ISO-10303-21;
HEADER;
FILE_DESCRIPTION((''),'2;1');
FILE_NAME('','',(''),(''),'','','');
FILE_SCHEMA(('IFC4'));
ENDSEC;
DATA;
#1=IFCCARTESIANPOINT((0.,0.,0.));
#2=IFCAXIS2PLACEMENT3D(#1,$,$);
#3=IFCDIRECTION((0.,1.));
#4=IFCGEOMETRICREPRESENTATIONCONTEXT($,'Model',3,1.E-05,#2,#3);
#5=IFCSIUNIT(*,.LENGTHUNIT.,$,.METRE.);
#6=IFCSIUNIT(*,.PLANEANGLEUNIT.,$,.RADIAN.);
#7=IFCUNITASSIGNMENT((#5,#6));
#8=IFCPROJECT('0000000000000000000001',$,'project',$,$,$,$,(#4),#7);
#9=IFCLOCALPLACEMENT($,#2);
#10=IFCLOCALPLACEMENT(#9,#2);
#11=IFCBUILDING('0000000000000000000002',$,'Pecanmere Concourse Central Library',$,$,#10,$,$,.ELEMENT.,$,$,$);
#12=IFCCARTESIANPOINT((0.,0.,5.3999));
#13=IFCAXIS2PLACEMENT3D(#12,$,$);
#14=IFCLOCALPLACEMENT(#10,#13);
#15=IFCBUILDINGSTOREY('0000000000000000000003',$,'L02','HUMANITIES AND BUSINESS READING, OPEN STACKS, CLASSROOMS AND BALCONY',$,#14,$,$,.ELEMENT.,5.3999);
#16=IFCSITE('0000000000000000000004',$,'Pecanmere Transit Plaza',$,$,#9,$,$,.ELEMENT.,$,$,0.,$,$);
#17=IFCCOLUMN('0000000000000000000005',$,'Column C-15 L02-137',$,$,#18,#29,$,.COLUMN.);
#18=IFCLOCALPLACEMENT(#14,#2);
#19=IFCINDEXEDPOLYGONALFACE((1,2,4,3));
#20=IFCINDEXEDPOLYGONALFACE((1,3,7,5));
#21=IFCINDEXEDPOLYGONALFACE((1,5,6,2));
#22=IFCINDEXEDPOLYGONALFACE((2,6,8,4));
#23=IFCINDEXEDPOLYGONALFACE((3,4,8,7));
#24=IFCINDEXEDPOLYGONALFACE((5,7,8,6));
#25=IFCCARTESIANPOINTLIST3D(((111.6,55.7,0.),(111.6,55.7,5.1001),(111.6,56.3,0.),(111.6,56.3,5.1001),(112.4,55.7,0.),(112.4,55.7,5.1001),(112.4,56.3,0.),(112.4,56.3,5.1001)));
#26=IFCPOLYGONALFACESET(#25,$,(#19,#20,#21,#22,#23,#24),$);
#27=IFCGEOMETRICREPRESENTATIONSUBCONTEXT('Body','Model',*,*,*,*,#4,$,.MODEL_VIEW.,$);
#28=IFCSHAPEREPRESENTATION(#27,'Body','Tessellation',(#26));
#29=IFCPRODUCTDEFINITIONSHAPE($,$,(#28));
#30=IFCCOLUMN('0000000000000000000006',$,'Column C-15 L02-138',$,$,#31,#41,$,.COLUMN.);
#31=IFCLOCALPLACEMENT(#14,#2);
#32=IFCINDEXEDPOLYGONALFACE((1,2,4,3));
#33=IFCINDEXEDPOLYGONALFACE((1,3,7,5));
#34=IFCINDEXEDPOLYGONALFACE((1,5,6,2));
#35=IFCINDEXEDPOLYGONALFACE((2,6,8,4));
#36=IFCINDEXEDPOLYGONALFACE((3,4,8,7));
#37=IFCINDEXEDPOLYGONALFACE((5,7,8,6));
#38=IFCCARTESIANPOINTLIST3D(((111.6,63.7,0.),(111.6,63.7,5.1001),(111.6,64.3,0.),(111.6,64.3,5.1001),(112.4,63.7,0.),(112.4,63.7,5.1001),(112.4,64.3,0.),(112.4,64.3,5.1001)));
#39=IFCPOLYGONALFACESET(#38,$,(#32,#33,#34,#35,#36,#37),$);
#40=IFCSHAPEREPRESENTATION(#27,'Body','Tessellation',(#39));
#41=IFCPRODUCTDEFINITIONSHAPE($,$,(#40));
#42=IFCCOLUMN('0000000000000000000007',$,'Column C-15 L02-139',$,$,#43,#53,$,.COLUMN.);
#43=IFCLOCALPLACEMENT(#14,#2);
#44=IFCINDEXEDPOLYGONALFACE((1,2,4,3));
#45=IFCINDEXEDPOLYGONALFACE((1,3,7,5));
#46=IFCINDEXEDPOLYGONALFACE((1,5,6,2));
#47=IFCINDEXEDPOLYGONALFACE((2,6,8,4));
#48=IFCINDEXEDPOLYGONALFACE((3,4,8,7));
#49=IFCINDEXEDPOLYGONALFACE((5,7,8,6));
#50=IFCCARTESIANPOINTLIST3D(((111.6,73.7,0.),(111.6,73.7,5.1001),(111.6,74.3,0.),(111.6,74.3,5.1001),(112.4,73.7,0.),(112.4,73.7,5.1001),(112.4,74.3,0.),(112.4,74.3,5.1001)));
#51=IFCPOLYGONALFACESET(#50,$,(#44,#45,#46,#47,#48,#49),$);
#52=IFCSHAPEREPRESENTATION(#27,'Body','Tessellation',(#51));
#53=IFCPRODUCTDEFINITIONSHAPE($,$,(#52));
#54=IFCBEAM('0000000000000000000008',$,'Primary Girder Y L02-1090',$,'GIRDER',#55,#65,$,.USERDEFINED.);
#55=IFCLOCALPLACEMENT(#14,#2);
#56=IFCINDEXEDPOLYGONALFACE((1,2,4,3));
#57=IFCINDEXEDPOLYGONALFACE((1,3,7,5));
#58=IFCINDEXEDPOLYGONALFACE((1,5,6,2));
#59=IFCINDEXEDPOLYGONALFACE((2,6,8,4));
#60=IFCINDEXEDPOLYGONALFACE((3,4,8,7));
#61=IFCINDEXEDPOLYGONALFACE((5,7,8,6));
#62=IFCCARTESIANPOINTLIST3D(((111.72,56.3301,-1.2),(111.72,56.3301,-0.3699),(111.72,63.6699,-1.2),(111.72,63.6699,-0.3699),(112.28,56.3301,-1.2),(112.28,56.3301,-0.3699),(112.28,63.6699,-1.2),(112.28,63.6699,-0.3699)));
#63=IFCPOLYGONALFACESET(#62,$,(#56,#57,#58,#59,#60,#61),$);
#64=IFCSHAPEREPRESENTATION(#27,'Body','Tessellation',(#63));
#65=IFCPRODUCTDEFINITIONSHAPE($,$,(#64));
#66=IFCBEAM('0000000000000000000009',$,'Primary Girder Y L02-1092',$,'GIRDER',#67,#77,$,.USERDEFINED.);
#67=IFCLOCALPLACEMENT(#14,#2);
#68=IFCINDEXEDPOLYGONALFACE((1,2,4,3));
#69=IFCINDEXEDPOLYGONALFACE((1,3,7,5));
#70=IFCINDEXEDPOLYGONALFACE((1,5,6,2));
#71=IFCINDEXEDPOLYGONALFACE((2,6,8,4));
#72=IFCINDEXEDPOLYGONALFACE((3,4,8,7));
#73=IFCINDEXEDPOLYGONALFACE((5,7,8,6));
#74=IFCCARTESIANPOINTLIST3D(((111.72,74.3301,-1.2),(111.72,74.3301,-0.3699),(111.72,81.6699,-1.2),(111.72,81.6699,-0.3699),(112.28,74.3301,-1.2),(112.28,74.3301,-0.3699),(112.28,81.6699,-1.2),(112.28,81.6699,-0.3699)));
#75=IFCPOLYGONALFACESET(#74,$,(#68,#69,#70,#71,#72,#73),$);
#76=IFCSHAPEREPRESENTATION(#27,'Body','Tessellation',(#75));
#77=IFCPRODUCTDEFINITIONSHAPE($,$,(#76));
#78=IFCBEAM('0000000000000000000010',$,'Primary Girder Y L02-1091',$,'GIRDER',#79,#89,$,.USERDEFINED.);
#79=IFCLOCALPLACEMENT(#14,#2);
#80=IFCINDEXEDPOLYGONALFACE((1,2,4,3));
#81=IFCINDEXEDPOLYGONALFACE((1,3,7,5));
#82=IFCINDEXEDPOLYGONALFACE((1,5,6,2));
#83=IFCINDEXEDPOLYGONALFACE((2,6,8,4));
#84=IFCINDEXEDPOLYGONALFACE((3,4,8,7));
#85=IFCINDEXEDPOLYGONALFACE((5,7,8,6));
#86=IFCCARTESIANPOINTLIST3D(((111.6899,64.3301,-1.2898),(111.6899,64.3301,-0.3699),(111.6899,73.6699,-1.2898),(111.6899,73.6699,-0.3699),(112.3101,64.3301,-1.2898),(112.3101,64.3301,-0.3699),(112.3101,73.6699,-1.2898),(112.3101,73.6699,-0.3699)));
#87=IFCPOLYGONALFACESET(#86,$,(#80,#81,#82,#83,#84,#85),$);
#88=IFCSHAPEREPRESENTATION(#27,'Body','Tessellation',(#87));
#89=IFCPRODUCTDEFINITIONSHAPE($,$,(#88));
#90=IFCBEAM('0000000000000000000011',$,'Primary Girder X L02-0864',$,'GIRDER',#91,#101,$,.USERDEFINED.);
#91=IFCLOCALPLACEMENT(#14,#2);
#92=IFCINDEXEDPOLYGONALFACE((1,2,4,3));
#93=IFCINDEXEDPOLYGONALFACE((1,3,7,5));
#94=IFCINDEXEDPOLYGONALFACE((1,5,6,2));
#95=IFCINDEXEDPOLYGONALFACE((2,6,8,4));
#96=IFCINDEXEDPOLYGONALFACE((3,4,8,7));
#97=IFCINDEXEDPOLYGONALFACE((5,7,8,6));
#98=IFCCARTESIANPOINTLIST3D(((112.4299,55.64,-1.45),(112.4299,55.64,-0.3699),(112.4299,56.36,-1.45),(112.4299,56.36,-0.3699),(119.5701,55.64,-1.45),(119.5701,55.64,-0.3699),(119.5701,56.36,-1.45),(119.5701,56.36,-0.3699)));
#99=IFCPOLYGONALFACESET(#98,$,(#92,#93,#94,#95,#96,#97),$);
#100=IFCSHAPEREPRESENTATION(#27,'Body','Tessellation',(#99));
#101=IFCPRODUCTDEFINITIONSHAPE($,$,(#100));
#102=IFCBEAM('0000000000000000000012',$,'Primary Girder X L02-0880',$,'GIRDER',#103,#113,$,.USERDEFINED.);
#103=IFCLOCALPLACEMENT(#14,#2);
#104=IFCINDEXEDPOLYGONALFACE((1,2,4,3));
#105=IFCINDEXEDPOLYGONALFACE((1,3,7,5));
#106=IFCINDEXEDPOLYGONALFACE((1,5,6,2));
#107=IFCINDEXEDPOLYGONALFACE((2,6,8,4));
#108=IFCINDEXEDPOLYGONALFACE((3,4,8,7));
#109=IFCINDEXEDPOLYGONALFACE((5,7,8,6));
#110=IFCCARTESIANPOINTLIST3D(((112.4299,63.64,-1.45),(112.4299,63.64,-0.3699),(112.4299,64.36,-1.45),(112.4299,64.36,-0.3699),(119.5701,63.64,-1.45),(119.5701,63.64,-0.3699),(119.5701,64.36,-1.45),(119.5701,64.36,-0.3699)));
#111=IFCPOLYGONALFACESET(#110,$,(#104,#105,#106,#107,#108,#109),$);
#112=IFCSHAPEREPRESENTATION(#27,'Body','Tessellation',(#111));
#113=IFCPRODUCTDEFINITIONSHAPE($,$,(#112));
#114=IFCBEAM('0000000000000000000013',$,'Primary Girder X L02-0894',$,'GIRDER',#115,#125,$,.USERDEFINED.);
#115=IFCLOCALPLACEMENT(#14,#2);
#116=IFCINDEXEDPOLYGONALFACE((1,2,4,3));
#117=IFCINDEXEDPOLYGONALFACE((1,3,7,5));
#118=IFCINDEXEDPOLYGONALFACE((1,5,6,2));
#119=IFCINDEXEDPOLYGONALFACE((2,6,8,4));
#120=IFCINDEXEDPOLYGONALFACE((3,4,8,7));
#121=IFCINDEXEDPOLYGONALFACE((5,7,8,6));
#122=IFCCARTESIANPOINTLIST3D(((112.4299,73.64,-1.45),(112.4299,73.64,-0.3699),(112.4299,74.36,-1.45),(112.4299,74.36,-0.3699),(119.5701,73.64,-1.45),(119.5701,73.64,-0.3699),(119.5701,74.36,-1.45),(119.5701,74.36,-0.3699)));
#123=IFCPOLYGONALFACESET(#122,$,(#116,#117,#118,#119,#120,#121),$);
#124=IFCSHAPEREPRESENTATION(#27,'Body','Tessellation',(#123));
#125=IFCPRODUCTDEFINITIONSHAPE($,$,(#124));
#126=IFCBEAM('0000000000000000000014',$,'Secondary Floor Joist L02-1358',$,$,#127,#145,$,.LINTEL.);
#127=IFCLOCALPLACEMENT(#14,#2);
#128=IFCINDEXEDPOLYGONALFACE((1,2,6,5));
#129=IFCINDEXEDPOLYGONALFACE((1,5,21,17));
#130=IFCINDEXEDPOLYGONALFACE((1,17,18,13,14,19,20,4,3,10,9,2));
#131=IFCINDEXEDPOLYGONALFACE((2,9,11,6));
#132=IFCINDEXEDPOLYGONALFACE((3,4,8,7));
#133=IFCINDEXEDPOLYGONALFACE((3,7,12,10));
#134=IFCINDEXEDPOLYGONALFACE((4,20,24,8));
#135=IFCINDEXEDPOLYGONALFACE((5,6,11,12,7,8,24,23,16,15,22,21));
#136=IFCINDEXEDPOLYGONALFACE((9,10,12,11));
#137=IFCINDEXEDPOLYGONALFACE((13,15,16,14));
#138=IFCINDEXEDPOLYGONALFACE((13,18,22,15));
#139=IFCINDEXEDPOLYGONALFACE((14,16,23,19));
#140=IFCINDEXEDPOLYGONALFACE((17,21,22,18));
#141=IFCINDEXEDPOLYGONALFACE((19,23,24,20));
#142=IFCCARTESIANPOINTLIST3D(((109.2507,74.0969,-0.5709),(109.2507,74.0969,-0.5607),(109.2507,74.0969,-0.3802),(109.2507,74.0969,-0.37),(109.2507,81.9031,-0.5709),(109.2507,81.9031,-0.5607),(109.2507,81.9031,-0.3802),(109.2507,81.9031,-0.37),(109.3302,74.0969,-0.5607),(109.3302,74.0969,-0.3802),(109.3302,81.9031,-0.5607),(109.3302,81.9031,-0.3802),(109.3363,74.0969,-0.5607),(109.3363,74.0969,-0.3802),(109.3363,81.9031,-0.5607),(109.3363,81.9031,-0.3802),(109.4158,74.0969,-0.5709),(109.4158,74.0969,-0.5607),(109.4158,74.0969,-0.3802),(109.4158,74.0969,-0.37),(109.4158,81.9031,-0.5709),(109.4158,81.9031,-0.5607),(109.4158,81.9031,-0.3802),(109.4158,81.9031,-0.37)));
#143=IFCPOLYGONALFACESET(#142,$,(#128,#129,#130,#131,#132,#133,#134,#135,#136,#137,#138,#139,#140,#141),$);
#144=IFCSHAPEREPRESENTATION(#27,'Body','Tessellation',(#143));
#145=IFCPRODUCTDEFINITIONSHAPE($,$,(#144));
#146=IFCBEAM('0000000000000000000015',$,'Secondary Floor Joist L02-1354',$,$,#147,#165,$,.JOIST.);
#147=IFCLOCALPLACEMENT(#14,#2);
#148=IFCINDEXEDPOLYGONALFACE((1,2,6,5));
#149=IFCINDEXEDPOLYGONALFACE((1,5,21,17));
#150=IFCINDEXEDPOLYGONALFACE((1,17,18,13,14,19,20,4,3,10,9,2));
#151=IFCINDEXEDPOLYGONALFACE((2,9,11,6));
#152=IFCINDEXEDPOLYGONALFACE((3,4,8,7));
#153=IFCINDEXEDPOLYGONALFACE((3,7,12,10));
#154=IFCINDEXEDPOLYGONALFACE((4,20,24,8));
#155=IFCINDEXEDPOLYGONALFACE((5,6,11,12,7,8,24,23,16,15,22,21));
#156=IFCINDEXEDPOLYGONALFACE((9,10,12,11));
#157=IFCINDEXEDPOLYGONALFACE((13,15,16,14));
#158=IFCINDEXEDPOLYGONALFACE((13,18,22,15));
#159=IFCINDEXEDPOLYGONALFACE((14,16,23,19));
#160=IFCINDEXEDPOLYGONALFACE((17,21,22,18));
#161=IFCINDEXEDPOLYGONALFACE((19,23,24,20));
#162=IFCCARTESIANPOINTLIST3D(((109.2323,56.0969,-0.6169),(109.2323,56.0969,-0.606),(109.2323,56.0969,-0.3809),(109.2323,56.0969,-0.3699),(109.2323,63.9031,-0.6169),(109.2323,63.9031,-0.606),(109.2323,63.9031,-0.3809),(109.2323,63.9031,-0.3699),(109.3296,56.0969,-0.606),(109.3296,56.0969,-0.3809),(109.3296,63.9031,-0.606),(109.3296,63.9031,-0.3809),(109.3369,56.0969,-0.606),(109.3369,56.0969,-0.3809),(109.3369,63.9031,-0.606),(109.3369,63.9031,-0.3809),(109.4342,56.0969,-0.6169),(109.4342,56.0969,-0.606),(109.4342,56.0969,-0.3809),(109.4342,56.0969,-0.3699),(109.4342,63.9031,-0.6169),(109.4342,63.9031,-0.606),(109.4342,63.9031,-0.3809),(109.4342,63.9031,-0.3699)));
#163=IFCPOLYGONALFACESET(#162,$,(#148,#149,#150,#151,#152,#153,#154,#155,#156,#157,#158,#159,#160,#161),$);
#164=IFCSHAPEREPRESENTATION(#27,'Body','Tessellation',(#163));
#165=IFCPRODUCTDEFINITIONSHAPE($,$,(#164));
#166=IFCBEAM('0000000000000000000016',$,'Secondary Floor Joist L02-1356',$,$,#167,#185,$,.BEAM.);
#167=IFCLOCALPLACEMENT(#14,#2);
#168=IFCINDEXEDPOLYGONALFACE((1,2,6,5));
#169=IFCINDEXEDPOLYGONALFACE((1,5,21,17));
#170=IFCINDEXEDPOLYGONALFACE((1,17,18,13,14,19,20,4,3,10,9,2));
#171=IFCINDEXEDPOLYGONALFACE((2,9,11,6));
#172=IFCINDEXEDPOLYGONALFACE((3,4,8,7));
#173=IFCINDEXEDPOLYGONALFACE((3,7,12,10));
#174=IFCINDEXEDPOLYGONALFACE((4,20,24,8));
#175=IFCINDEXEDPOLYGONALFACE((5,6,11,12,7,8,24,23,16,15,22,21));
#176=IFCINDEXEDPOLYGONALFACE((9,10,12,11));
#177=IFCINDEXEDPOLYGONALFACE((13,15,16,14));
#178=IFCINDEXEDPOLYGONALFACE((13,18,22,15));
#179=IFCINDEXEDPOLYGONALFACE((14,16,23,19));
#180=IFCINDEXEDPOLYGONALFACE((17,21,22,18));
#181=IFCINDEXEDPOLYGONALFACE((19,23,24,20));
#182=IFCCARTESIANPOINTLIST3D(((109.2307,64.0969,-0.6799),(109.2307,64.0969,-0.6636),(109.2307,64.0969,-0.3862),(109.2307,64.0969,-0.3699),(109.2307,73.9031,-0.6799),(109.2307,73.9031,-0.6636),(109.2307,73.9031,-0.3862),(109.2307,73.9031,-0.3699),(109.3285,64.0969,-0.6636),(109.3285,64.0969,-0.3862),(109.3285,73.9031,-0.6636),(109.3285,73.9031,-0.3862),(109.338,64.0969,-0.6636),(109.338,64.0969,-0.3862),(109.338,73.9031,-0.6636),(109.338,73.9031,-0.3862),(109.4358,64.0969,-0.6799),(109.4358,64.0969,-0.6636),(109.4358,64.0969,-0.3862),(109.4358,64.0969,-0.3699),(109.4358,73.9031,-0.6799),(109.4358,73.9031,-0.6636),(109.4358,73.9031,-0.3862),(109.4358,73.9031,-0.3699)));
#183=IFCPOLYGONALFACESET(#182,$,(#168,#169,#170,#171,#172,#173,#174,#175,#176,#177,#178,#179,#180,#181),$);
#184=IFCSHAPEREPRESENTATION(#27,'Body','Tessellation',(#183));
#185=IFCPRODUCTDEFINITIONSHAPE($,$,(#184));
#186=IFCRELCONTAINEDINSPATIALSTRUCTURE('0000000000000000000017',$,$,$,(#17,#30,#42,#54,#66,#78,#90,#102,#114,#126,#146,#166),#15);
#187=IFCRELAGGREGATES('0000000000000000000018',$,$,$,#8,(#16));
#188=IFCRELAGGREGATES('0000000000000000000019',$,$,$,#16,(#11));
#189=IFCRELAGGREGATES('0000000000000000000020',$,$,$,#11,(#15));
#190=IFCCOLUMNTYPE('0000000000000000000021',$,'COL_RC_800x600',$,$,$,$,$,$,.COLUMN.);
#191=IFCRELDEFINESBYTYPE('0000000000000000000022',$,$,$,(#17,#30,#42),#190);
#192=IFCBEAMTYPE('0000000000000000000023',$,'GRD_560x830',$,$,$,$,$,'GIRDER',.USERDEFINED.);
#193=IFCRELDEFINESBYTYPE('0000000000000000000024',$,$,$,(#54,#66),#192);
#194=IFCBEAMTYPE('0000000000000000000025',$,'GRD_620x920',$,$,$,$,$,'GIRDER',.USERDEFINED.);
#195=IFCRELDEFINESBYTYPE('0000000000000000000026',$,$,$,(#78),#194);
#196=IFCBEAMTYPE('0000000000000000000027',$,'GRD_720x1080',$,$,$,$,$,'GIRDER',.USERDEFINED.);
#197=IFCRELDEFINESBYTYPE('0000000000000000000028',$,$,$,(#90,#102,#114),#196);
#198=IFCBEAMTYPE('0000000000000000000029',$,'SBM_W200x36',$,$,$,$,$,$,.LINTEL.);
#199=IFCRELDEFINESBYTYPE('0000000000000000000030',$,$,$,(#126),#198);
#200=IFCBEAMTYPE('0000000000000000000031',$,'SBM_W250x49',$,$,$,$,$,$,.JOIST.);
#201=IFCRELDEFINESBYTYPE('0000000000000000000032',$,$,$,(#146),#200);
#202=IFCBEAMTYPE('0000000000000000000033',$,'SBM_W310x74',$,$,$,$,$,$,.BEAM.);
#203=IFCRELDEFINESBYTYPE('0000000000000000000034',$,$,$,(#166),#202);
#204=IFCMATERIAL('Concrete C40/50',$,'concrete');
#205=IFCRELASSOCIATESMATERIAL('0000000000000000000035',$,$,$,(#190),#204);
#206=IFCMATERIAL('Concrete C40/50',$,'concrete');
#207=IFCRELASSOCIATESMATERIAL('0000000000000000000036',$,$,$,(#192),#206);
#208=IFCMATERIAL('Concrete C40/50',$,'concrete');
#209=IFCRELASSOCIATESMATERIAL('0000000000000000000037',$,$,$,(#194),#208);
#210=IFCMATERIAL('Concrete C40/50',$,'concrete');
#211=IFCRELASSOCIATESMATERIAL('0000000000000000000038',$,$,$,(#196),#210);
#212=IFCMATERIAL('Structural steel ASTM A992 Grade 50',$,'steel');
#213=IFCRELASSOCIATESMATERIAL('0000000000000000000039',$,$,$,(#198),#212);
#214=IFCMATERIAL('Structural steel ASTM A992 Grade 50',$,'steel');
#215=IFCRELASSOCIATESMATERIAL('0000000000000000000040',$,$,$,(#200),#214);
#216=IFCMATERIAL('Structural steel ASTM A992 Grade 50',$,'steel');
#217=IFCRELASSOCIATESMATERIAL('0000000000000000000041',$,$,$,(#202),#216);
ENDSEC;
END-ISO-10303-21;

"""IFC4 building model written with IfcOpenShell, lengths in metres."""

from ifc_helpers import new_model, si_unit, direction, frame, origin, origin_2d, place, context, subcontext, project, spatial, rectangle, i_section, extrude, material, material_profile, profile_set, type_object, element, save


model = new_model("IFC4")

# Units and contexts
model_context = context("Model", 3, precision=1e-05, world=origin(), true_north=direction((0.0, 1.0)))
body_context = subcontext(model_context, "Body", "Model", "MODEL_VIEW")
ifc_project = project(units=[si_unit("LENGTHUNIT", "METRE"), si_unit("PLANEANGLEUNIT", "RADIAN")], contexts=[model_context])

# Site, building, storey
site_placement = place(None, origin())
site = spatial("IfcSite", under=ifc_project, at=site_placement, Name="Pecanmere Transit Plaza", CompositionType="ELEMENT", RefElevation=0.0)
building_placement = place(site_placement, origin())
building = spatial("IfcBuilding", under=site, at=building_placement, Name="Pecanmere Concourse Central Library", CompositionType="ELEMENT")
storey_placement = place(building_placement, frame((0.0, 0.0, 5.3999)))
storey = spatial("IfcBuildingStorey", under=building, at=storey_placement, Name="L02", Description="HUMANITIES AND BUSINESS READING, OPEN STACKS, CLASSROOMS AND BALCONY", CompositionType="ELEMENT", Elevation=5.3999)

# Columns
ifc_material_1 = material(Name="Concrete C40/50", Category="concrete")
ifc_material_profile_1 = material_profile(ifc_material_1, rectangle(XDim=0.8, YDim=0.6001, at=origin_2d()), Name="RC 800x600")
ifc_profile_set_1 = profile_set([ifc_material_profile_1], Name="Concrete C40/50")
column_type = type_object("IfcColumnType", Name="COL_RC_800x600", PredefinedType="COLUMN", material=ifc_profile_set_1)
for number, where, z_axis, x_axis, name in (
    (1, (112.0, 56.0, 0.0), (0.0, 0.0, 1.0), (1.0, 0.0, 0.0), "Column C-15 L02-137"),
    (2, (112.0, 64.0, 0.0), (0.0, 0.0, 1.0), (1.0, 0.0, 0.0), "Column C-15 L02-138"),
    (3, (112.0, 74.0, 0.0), (0.0, 0.0, 1.0), (1.0, 0.0, 0.0), "Column C-15 L02-139"),
):
    element("IfcColumn", number, at=place(storey_placement, frame(where, z_axis=z_axis, x_axis=x_axis)), inside=storey, type_object=column_type, Name=name, PredefinedType="COLUMN", context=body_context, shape_type="SweptSolid", body=[
        extrude(rectangle(XDim=0.8, YDim=0.6001, at=origin_2d()), origin(), (0.0, 0.0, 1.0), 5.1001),
    ])

# Beams
ifc_material_2 = material(Name="Concrete C40/50", Category="concrete")
ifc_material_profile_2 = material_profile(ifc_material_2, rectangle(XDim=0.5601, YDim=0.8301, at=origin_2d()), Name="RC 560x830")
ifc_profile_set_2 = profile_set([ifc_material_profile_2], Name="Concrete C40/50")
beam_type_1 = type_object("IfcBeamType", Name="GRD_560x830", ElementType="GIRDER", PredefinedType="USERDEFINED", material=ifc_profile_set_2)
for number, where, z_axis, x_axis, name in (
    (4, (112.0, 56.3301, -0.7849), (0.0, 1.0, 0.0), (-1.0, 0.0, 0.0), "Primary Girder Y L02-1090"),
    (5, (112.0, 74.3301, -0.7849), (0.0, 1.0, 0.0), (-1.0, 0.0, 0.0), "Primary Girder Y L02-1092"),
):
    element("IfcBeam", number, at=place(storey_placement, frame(where, z_axis=z_axis, x_axis=x_axis)), inside=storey, type_object=beam_type_1, Name=name, ObjectType="GIRDER", PredefinedType="USERDEFINED", context=body_context, shape_type="SweptSolid", body=[
        extrude(rectangle(XDim=0.5601, YDim=0.8301, at=origin_2d()), origin(), (0.0, 0.0, 1.0), 7.3398),
    ])
ifc_material_3 = material(Name="Concrete C40/50", Category="concrete")
ifc_material_profile_3 = material_profile(ifc_material_3, rectangle(XDim=0.6201, YDim=0.9199, at=origin_2d()), Name="RC 620x920")
ifc_profile_set_3 = profile_set([ifc_material_profile_3], Name="Concrete C40/50")
beam_type_2 = type_object("IfcBeamType", Name="GRD_620x920", ElementType="GIRDER", PredefinedType="USERDEFINED", material=ifc_profile_set_3)
beam_1_placement = place(storey_placement, frame((112.0, 64.3301, -0.8298), z_axis=(0.0, 1.0, 0.0), x_axis=(-1.0, 0.0, 0.0)))
element("IfcBeam", 6, at=beam_1_placement, inside=storey, type_object=beam_type_2, Name="Primary Girder Y L02-1091", ObjectType="GIRDER", PredefinedType="USERDEFINED", context=body_context, shape_type="SweptSolid", body=[
    extrude(rectangle(XDim=0.6201, YDim=0.9199, at=origin_2d()), origin(), (0.0, 0.0, 1.0), 9.3398),
])
ifc_material_4 = material(Name="Concrete C40/50", Category="concrete")
ifc_material_profile_4 = material_profile(ifc_material_4, rectangle(XDim=0.72, YDim=1.0801, at=origin_2d()), Name="RC 720x1080")
ifc_profile_set_4 = profile_set([ifc_material_profile_4], Name="Concrete C40/50")
beam_type_3 = type_object("IfcBeamType", Name="GRD_720x1080", ElementType="GIRDER", PredefinedType="USERDEFINED", material=ifc_profile_set_4)
for number, where, z_axis, x_axis, name in (
    (7, (112.4299, 56.0, -0.9099), (1.0, 0.0, 0.0), (0.0, 1.0, 0.0), "Primary Girder X L02-0864"),
    (8, (112.4299, 64.0, -0.9099), (1.0, 0.0, 0.0), (0.0, 1.0, 0.0), "Primary Girder X L02-0880"),
    (9, (112.4299, 74.0, -0.9099), (1.0, 0.0, 0.0), (0.0, 1.0, 0.0), "Primary Girder X L02-0894"),
):
    element("IfcBeam", number, at=place(storey_placement, frame(where, z_axis=z_axis, x_axis=x_axis)), inside=storey, type_object=beam_type_3, Name=name, ObjectType="GIRDER", PredefinedType="USERDEFINED", context=body_context, shape_type="SweptSolid", body=[
        extrude(rectangle(XDim=0.72, YDim=1.0801, at=origin_2d()), origin(), (0.0, 0.0, 1.0), 7.1401),
    ])
ifc_material_5 = material(Name="Structural steel ASTM A992 Grade 50", Category="steel")
ifc_material_profile_5 = material_profile(ifc_material_5, i_section(OverallWidth=0.165, OverallDepth=0.2009, WebThickness=0.0061, FlangeThickness=0.0103, at=origin_2d()), Name="W200x35.9")
ifc_profile_set_5 = profile_set([ifc_material_profile_5], Name="Structural steel ASTM A992 Grade 50")
beam_type_4 = type_object("IfcBeamType", Name="SBM_W200x36", PredefinedType="LINTEL", material=ifc_profile_set_5)
beam_2_placement = place(storey_placement, frame((109.3333, 74.0969, -0.4705), z_axis=(0.0, 1.0, 0.0), x_axis=(-1.0, 0.0, 0.0)))
element("IfcBeam", 10, at=beam_2_placement, inside=storey, type_object=beam_type_4, Name="Secondary Floor Joist L02-1358", PredefinedType="LINTEL", context=body_context, shape_type="SweptSolid", body=[
    extrude(i_section(OverallWidth=0.165, OverallDepth=0.2009, WebThickness=0.0061, FlangeThickness=0.0103, at=origin_2d()), origin(), (0.0, 0.0, 1.0), 7.8062),
])
ifc_material_6 = material(Name="Structural steel ASTM A992 Grade 50", Category="steel")
ifc_material_profile_6 = material_profile(ifc_material_6, i_section(OverallWidth=0.2019, OverallDepth=0.2471, WebThickness=0.0073, FlangeThickness=0.011, at=origin_2d()), Name="W250x49.1")
ifc_profile_set_6 = profile_set([ifc_material_profile_6], Name="Structural steel ASTM A992 Grade 50")
beam_type_5 = type_object("IfcBeamType", Name="SBM_W250x49", PredefinedType="JOIST", material=ifc_profile_set_6)
beam_3_placement = place(storey_placement, frame((109.3333, 56.0969, -0.4934), z_axis=(0.0, 1.0, 0.0), x_axis=(-1.0, 0.0, 0.0)))
element("IfcBeam", 11, at=beam_3_placement, inside=storey, type_object=beam_type_5, Name="Secondary Floor Joist L02-1354", PredefinedType="JOIST", context=body_context, shape_type="SweptSolid", body=[
    extrude(i_section(OverallWidth=0.2019, OverallDepth=0.2471, WebThickness=0.0073, FlangeThickness=0.011, at=origin_2d()), origin(), (0.0, 0.0, 1.0), 7.8062),
])
ifc_material_7 = material(Name="Structural steel ASTM A992 Grade 50", Category="steel")
ifc_material_profile_7 = material_profile(ifc_material_7, i_section(OverallWidth=0.2051, OverallDepth=0.3101, WebThickness=0.0095, FlangeThickness=0.0164, at=origin_2d()), Name="W310x74")
ifc_profile_set_7 = profile_set([ifc_material_profile_7], Name="Structural steel ASTM A992 Grade 50")
beam_type_6 = type_object("IfcBeamType", Name="SBM_W310x74", PredefinedType="BEAM", material=ifc_profile_set_7)
beam_4_placement = place(storey_placement, frame((109.3333, 64.0969, -0.5249), z_axis=(0.0, 1.0, 0.0), x_axis=(-1.0, 0.0, 0.0)))
element("IfcBeam", 12, at=beam_4_placement, inside=storey, type_object=beam_type_6, Name="Secondary Floor Joist L02-1356", PredefinedType="BEAM", context=body_context, shape_type="SweptSolid", body=[
    extrude(i_section(OverallWidth=0.2051, OverallDepth=0.3101, WebThickness=0.0095, FlangeThickness=0.0164, at=origin_2d()), origin(), (0.0, 0.0, 1.0), 9.8062),
])

save(model, "model.ifc")
